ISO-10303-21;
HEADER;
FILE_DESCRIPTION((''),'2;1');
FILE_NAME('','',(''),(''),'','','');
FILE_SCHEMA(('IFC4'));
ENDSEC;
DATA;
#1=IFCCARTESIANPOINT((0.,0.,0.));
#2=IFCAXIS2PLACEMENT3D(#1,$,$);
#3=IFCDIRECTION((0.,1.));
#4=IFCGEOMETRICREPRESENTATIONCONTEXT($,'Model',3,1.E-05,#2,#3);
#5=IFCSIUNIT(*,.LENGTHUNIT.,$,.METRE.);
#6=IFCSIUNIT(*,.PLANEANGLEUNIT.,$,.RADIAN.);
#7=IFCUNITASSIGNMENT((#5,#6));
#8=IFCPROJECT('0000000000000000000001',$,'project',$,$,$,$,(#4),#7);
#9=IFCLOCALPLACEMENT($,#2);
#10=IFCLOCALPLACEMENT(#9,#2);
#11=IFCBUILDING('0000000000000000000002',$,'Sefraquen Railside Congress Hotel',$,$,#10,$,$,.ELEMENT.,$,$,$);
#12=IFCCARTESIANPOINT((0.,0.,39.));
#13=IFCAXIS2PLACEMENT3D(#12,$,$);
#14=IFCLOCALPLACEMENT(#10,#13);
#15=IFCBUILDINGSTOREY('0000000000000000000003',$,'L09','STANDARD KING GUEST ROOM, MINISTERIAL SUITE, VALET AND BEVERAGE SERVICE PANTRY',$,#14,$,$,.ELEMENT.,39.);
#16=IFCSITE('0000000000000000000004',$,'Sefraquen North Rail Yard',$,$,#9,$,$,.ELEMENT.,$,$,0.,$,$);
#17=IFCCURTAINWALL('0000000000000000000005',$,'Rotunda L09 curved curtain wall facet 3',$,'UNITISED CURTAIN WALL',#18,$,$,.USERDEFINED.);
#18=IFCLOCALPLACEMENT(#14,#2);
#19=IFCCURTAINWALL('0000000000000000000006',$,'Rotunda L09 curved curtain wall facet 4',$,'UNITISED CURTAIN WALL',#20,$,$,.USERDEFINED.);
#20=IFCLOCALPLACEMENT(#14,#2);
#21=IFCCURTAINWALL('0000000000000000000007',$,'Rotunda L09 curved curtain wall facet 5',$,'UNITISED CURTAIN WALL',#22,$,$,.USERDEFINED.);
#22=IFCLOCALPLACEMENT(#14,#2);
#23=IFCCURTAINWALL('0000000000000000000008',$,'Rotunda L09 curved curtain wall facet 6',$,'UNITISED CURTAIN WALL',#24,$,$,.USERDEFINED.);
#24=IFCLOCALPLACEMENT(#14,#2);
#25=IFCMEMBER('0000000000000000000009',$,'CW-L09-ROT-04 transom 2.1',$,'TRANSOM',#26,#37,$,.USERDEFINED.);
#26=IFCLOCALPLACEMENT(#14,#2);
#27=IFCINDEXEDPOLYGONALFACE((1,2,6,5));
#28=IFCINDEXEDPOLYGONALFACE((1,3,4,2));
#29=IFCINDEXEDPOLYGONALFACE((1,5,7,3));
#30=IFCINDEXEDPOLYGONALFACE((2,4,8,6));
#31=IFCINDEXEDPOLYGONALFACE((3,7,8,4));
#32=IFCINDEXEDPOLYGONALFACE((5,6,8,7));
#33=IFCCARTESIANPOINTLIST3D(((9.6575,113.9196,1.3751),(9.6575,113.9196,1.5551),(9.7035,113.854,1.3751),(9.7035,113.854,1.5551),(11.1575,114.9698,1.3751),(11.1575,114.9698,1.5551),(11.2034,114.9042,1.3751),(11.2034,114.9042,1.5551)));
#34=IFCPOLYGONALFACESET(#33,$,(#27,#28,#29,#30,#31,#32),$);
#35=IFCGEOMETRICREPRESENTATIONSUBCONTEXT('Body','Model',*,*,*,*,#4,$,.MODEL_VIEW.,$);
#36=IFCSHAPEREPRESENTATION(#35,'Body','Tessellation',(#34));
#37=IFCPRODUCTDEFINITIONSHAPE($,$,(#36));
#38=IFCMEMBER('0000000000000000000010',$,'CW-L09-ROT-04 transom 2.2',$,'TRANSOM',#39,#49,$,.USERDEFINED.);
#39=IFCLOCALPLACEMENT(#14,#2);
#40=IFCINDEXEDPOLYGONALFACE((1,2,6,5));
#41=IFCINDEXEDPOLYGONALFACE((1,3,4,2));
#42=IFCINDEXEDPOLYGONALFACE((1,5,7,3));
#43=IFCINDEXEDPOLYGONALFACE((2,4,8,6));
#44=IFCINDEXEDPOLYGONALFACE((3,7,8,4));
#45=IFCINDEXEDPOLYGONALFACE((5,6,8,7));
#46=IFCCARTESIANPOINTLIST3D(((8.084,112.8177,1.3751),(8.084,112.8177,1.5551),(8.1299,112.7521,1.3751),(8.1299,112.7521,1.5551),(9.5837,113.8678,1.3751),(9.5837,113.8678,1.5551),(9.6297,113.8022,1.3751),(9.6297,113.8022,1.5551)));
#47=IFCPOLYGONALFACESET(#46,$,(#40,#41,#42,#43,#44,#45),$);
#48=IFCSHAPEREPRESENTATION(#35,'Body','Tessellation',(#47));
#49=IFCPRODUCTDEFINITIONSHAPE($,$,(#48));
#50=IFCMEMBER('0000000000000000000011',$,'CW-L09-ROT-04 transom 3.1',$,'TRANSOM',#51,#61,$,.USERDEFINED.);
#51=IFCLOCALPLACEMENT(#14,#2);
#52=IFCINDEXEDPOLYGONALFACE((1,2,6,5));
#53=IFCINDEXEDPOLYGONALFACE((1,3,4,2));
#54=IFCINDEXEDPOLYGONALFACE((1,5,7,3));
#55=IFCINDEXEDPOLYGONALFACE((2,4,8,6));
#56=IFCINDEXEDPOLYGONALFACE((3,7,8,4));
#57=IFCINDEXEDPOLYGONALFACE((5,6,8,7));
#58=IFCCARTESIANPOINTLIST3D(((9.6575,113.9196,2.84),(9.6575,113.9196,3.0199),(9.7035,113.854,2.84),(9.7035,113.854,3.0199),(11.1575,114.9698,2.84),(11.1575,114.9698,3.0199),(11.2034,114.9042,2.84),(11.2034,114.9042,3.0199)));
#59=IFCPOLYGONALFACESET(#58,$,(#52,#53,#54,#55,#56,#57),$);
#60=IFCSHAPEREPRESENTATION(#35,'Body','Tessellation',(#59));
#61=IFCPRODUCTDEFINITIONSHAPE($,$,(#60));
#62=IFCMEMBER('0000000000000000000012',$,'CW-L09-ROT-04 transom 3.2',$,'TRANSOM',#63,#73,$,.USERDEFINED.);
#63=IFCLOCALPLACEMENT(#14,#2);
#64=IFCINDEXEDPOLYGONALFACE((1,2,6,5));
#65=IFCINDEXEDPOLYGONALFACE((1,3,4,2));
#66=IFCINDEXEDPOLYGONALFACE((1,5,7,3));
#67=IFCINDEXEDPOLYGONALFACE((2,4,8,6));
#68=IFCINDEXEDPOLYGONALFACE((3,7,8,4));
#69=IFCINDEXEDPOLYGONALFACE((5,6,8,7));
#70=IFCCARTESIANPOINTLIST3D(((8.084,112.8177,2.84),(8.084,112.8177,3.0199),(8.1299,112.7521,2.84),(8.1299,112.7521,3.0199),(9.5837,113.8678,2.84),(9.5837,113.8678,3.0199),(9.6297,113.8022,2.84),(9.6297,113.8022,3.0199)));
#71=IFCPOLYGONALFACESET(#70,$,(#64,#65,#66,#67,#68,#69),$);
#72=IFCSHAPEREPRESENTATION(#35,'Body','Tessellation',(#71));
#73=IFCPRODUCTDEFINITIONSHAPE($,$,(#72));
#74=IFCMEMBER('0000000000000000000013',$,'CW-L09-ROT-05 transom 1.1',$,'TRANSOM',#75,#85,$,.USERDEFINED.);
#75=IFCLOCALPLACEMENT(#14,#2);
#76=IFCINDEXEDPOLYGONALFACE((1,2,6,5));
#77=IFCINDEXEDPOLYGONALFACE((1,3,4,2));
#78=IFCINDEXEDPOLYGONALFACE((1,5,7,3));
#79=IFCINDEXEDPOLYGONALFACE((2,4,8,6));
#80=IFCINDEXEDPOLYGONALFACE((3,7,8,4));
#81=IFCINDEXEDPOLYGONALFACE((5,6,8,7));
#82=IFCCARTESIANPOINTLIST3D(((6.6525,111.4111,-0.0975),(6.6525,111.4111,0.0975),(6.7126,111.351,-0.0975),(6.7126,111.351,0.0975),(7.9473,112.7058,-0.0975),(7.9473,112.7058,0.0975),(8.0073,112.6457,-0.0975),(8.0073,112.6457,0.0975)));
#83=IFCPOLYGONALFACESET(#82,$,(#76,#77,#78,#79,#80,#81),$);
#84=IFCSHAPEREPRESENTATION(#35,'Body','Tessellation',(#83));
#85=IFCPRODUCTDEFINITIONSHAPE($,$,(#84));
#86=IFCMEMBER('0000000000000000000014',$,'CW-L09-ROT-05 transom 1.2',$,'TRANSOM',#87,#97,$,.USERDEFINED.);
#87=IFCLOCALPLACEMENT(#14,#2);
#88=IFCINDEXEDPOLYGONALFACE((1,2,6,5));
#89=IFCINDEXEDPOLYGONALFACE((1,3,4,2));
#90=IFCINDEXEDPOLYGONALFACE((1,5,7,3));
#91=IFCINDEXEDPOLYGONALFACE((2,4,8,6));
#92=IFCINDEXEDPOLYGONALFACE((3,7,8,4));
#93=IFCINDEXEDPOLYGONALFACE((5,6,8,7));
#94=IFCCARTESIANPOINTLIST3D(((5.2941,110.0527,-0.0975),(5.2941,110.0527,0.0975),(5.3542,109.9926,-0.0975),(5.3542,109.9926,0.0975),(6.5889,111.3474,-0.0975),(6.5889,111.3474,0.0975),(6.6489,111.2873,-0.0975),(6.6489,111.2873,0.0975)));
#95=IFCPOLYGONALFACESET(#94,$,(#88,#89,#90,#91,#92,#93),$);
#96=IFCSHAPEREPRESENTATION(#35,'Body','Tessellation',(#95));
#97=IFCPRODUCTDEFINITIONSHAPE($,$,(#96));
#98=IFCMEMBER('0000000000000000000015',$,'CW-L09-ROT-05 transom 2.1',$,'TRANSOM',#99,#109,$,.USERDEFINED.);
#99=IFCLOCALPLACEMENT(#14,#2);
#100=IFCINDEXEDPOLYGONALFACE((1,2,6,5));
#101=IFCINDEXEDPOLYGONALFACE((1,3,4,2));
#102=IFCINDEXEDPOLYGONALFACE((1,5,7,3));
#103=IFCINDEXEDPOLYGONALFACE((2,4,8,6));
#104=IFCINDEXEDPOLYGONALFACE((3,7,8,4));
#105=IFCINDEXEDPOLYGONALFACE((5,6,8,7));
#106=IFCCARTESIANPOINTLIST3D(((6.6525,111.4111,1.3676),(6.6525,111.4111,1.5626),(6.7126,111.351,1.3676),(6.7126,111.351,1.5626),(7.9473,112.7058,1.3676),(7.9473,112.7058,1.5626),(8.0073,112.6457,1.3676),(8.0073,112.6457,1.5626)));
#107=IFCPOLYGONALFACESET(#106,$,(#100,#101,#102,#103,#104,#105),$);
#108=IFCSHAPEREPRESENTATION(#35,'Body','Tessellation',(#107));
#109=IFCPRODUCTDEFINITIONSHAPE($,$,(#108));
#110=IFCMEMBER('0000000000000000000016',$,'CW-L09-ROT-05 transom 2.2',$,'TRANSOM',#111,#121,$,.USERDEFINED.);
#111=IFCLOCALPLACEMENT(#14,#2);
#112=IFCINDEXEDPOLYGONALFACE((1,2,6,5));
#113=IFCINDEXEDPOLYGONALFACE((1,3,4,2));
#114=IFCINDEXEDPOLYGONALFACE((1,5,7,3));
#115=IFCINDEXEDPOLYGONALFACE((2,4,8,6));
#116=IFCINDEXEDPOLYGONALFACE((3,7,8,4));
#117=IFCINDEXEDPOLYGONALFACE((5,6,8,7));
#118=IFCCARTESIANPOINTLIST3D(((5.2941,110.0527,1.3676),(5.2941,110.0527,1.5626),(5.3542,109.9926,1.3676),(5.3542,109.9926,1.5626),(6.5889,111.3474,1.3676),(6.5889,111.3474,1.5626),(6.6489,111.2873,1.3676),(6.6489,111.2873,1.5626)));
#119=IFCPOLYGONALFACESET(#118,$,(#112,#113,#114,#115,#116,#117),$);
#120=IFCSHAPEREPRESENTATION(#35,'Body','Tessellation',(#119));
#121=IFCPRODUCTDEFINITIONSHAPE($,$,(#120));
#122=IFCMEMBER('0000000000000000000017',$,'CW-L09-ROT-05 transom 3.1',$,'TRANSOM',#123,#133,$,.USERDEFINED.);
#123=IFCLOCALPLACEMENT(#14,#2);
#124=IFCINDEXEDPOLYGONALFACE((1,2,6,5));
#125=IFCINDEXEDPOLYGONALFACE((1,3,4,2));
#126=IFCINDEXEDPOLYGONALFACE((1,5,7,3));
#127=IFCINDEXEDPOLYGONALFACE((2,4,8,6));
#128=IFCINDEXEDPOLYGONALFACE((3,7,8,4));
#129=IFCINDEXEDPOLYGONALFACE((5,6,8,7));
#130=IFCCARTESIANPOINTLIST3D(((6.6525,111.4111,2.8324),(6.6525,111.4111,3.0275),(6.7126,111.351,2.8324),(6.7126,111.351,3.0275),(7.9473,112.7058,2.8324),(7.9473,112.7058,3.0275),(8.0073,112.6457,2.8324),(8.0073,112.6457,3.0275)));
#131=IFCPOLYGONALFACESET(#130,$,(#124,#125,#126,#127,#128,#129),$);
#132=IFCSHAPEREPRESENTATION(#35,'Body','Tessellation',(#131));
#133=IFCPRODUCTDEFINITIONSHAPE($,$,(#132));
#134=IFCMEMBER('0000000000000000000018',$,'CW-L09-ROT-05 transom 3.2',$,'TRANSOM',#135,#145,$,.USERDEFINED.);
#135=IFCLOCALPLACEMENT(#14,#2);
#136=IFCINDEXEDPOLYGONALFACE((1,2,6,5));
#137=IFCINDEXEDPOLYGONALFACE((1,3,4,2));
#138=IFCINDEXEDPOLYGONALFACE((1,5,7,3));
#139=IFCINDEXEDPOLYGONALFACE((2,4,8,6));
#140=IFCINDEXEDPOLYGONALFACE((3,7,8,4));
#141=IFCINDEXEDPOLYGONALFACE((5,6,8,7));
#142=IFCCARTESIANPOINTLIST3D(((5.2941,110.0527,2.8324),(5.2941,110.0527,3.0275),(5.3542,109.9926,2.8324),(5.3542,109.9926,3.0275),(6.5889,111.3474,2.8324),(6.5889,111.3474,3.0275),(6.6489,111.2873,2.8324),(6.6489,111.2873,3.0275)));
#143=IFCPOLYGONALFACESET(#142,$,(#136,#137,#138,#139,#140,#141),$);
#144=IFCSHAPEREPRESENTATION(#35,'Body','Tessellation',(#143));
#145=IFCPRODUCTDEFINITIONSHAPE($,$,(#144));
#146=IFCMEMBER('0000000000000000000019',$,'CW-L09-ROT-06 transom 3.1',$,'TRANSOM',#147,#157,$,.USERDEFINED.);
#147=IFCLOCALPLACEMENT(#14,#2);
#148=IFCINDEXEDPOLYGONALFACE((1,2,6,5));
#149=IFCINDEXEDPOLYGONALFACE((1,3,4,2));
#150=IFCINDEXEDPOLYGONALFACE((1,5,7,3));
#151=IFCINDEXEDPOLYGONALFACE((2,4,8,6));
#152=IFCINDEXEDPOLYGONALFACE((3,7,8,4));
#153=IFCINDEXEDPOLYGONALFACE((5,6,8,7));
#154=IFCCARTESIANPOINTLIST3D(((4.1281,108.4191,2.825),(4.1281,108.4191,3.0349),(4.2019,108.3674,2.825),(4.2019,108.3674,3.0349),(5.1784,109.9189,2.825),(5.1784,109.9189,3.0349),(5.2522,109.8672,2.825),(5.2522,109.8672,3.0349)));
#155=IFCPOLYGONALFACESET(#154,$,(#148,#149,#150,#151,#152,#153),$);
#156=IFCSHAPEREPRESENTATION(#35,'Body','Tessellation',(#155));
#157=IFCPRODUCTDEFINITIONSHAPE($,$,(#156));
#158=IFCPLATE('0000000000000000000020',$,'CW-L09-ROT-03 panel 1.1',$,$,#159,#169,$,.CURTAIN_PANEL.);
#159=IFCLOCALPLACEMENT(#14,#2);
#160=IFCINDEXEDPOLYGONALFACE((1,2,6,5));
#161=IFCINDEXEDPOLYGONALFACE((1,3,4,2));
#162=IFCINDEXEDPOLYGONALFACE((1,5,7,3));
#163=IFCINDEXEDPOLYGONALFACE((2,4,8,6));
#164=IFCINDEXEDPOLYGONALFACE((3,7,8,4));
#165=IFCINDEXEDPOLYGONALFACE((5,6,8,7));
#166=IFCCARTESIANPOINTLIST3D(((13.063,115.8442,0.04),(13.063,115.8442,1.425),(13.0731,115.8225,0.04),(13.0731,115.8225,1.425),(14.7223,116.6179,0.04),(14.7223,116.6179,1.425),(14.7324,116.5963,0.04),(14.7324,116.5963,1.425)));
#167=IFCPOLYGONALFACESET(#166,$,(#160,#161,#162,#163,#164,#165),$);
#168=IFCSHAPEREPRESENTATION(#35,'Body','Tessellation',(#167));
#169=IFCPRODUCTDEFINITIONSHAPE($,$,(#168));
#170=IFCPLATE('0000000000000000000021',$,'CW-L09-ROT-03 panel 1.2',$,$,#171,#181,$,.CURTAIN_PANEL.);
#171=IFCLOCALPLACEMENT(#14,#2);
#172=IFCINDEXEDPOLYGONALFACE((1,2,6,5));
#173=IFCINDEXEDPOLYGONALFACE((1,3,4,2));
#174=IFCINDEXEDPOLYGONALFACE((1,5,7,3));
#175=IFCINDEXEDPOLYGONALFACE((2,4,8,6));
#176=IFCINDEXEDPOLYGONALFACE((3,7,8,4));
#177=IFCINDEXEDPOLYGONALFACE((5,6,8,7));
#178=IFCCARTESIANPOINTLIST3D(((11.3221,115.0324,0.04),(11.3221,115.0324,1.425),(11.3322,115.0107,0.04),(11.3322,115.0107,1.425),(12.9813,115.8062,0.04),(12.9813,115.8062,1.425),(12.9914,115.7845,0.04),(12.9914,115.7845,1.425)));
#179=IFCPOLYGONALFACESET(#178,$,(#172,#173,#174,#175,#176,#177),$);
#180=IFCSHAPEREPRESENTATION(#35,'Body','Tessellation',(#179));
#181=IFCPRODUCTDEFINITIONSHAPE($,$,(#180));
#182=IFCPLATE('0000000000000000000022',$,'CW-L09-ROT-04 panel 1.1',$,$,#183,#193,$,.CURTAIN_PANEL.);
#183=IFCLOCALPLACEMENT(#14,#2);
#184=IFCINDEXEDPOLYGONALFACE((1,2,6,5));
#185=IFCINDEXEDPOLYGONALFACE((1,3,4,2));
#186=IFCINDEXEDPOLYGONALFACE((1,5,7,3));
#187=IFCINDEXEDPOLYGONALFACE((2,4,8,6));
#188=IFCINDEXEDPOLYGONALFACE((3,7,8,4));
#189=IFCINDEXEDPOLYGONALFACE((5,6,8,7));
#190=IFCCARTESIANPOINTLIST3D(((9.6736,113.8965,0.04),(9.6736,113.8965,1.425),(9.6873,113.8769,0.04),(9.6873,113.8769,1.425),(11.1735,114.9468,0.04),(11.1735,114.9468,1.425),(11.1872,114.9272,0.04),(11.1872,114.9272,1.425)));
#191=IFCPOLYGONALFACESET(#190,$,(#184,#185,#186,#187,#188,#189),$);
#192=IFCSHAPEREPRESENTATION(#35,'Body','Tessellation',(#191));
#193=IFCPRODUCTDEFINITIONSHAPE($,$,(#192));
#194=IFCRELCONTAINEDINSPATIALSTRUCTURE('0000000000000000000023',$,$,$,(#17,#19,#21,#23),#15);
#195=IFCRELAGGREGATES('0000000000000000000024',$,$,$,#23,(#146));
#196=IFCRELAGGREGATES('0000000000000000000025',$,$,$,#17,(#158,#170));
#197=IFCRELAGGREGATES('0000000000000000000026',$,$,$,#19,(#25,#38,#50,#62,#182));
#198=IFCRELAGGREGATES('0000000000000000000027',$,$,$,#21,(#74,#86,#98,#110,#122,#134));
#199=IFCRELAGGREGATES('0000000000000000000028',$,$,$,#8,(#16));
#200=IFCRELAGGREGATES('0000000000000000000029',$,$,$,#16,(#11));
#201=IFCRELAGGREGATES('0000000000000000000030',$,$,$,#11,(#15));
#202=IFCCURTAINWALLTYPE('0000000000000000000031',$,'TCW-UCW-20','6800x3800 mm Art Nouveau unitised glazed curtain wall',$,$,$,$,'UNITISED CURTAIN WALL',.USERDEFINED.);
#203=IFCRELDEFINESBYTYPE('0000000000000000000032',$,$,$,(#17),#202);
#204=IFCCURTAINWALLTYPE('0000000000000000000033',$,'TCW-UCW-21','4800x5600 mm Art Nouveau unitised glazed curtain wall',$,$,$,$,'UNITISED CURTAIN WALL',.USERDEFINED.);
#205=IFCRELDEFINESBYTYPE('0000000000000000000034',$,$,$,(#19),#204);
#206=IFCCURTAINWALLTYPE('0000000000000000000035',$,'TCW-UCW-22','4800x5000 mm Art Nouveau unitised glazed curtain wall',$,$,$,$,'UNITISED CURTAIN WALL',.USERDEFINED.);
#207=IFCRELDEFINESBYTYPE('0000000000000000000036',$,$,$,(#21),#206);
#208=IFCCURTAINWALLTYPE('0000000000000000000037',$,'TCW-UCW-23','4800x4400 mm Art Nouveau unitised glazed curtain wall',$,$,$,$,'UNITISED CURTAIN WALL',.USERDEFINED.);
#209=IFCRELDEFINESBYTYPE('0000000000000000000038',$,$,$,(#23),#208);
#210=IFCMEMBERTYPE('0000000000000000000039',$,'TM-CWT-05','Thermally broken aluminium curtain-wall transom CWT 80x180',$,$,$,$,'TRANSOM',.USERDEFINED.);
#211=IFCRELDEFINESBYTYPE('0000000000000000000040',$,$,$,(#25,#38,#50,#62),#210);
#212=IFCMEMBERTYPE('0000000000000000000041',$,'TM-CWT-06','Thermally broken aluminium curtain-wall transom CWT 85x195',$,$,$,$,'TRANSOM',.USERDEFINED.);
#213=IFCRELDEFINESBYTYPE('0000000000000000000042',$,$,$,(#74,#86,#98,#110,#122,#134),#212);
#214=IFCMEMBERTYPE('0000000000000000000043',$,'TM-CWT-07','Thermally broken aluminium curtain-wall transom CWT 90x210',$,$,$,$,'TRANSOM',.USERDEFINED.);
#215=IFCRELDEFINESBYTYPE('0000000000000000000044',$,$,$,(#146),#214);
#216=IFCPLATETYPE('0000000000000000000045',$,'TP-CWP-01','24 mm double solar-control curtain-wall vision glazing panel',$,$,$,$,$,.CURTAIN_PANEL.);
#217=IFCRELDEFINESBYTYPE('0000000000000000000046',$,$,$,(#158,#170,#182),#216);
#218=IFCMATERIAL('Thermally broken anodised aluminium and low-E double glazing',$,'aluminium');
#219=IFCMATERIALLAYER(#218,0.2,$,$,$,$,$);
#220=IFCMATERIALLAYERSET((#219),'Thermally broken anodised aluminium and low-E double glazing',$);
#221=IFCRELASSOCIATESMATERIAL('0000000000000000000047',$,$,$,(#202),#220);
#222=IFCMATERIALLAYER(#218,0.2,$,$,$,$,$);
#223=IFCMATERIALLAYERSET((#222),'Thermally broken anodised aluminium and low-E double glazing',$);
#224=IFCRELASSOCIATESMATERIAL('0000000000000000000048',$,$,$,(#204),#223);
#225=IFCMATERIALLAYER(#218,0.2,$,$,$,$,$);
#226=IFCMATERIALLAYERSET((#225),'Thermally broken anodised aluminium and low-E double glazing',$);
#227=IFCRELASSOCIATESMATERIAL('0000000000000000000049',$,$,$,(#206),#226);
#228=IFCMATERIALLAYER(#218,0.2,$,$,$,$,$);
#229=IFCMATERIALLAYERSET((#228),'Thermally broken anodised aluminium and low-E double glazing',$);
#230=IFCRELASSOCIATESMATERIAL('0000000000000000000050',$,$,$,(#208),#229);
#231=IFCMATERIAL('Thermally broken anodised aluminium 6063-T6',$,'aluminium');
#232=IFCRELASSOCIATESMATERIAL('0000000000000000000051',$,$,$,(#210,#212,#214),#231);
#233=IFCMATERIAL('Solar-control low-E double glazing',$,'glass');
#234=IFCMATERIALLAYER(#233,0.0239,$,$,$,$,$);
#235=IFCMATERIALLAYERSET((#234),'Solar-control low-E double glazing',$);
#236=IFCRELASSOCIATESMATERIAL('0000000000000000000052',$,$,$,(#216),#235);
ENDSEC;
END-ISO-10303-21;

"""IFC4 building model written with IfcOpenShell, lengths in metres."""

from ifc_helpers import new_model, si_unit, direction, frame, origin, origin_2d, place, context, subcontext, project, spatial, rectangle, extrude, material, layer, layer_set, material_profile, profile_set, type_object, element, aggregate, save


model = new_model("IFC4")

# Units and contexts
model_context = context("Model", 3, precision=1e-05, world=origin(), true_north=direction((0.0, 1.0)))
body_context = subcontext(model_context, "Body", "Model", "MODEL_VIEW")
ifc_project = project(units=[si_unit("LENGTHUNIT", "METRE"), si_unit("PLANEANGLEUNIT", "RADIAN")], contexts=[model_context])

# Site, building, storey
site_placement = place(None, origin())
site = spatial("IfcSite", under=ifc_project, at=site_placement, Name="Sefraquen North Rail Yard", CompositionType="ELEMENT", RefElevation=0.0)
building_placement = place(site_placement, origin())
building = spatial("IfcBuilding", under=site, at=building_placement, Name="Sefraquen Railside Congress Hotel", CompositionType="ELEMENT")
storey_placement = place(building_placement, frame((0.0, 0.0, 39.0)))
storey = spatial("IfcBuildingStorey", under=building, at=storey_placement, Name="L09", Description="STANDARD KING GUEST ROOM, MINISTERIAL SUITE, VALET AND BEVERAGE SERVICE PANTRY", CompositionType="ELEMENT", Elevation=39.0)

# Curtain walls
ifc_material_1 = material(Name="Thermally broken anodised aluminium and low-E double glazing", Category="aluminium")
ifc_layer_1 = layer(ifc_material_1, 0.2)
ifc_layer_set_1 = layer_set([ifc_layer_1], Name="Thermally broken anodised aluminium and low-E double glazing")
curtain_wall_type_1 = type_object("IfcCurtainWallType", Name="TCW-UCW-20", Description="6800x3800 mm Art Nouveau unitised glazed curtain wall", ElementType="UNITISED CURTAIN WALL", PredefinedType="USERDEFINED", material=ifc_layer_set_1)
curtain_wall_1_placement = place(storey_placement, origin())
curtain_wall_1 = element("IfcCurtainWall", 1, at=curtain_wall_1_placement, inside=storey, type_object=curtain_wall_type_1, Name="Rotunda L09 curved curtain wall facet 3", ObjectType="UNITISED CURTAIN WALL", PredefinedType="USERDEFINED")
ifc_material_2 = material(Name="Thermally broken anodised aluminium 6063-T6", Category="aluminium")
ifc_layer_2 = layer(ifc_material_1, 0.2)
ifc_layer_set_2 = layer_set([ifc_layer_2], Name="Thermally broken anodised aluminium and low-E double glazing")
curtain_wall_type_2 = type_object("IfcCurtainWallType", Name="TCW-UCW-21", Description="4800x5600 mm Art Nouveau unitised glazed curtain wall", ElementType="UNITISED CURTAIN WALL", PredefinedType="USERDEFINED", material=ifc_layer_set_2)
curtain_wall_2_placement = place(storey_placement, origin())
curtain_wall_2 = element("IfcCurtainWall", 2, at=curtain_wall_2_placement, inside=storey, type_object=curtain_wall_type_2, Name="Rotunda L09 curved curtain wall facet 4", ObjectType="UNITISED CURTAIN WALL", PredefinedType="USERDEFINED")
ifc_layer_3 = layer(ifc_material_1, 0.2)
ifc_layer_set_3 = layer_set([ifc_layer_3], Name="Thermally broken anodised aluminium and low-E double glazing")
curtain_wall_type_3 = type_object("IfcCurtainWallType", Name="TCW-UCW-22", Description="4800x5000 mm Art Nouveau unitised glazed curtain wall", ElementType="UNITISED CURTAIN WALL", PredefinedType="USERDEFINED", material=ifc_layer_set_3)
curtain_wall_3_placement = place(storey_placement, origin())
curtain_wall_3 = element("IfcCurtainWall", 3, at=curtain_wall_3_placement, inside=storey, type_object=curtain_wall_type_3, Name="Rotunda L09 curved curtain wall facet 5", ObjectType="UNITISED CURTAIN WALL", PredefinedType="USERDEFINED")

# Curtain wall
ifc_layer_4 = layer(ifc_material_1, 0.2)
ifc_layer_set_4 = layer_set([ifc_layer_4], Name="Thermally broken anodised aluminium and low-E double glazing")
curtain_wall_type_4 = type_object("IfcCurtainWallType", Name="TCW-UCW-23", Description="4800x4400 mm Art Nouveau unitised glazed curtain wall", ElementType="UNITISED CURTAIN WALL", PredefinedType="USERDEFINED", material=ifc_layer_set_4)
curtain_wall_4_placement = place(storey_placement, origin())
curtain_wall_4 = element("IfcCurtainWall", 4, at=curtain_wall_4_placement, inside=storey, type_object=curtain_wall_type_4, Name="Rotunda L09 curved curtain wall facet 6", ObjectType="UNITISED CURTAIN WALL", PredefinedType="USERDEFINED")

# Members
ifc_material_profile_1 = material_profile(ifc_material_2, rectangle(XDim=0.0801, YDim=0.1799, at=origin_2d()), Name="CWT 80x180")
ifc_profile_set_1 = profile_set([ifc_material_profile_1], Name="Thermally broken anodised aluminium 6063-T6")
member_type_1 = type_object("IfcMemberType", Name="TM-CWT-05", Description="Thermally broken aluminium curtain-wall transom CWT 80x180", ElementType="TRANSOM", PredefinedType="USERDEFINED", material=ifc_profile_set_1)
member_1_placement = place(storey_placement, frame((11.1804, 114.937, 1.4651), z_axis=(-0.819157, -0.57357, 0.0), x_axis=(0.57357, -0.819157, 0.0)))
member_1 = element("IfcMember", 5, at=member_1_placement, type_object=member_type_1, Name="CW-L09-ROT-04 transom 2.1", ObjectType="TRANSOM", PredefinedType="USERDEFINED", context=body_context, shape_type="SweptSolid", body=[
    extrude(rectangle(XDim=0.0801, YDim=0.1799, at=origin_2d()), origin(), (0.0, 0.0, 1.0), 1.8311),
])
member_2_placement = place(storey_placement, frame((9.6067, 113.835, 1.4651), z_axis=(-0.819176, -0.573543, 0.0), x_axis=(0.573543, -0.819176, 0.0)))
member_2 = element("IfcMember", 6, at=member_2_placement, type_object=member_type_1, Name="CW-L09-ROT-04 transom 2.2", ObjectType="TRANSOM", PredefinedType="USERDEFINED", context=body_context, shape_type="SweptSolid", body=[
    extrude(rectangle(XDim=0.0801, YDim=0.1799, at=origin_2d()), origin(), (0.0, 0.0, 1.0), 1.8308),
])
member_3_placement = place(storey_placement, frame((11.1804, 114.937, 2.9299), z_axis=(-0.819157, -0.57357, 0.0), x_axis=(0.57357, -0.819157, 0.0)))
member_3 = element("IfcMember", 7, at=member_3_placement, type_object=member_type_1, Name="CW-L09-ROT-04 transom 3.1", ObjectType="TRANSOM", PredefinedType="USERDEFINED", context=body_context, shape_type="SweptSolid", body=[
    extrude(rectangle(XDim=0.0801, YDim=0.1799, at=origin_2d()), origin(), (0.0, 0.0, 1.0), 1.8311),
])
member_4_placement = place(storey_placement, frame((9.6067, 113.835, 2.9299), z_axis=(-0.819176, -0.573543, 0.0), x_axis=(0.573543, -0.819176, 0.0)))
member_4 = element("IfcMember", 8, at=member_4_placement, type_object=member_type_1, Name="CW-L09-ROT-04 transom 3.2", ObjectType="TRANSOM", PredefinedType="USERDEFINED", context=body_context, shape_type="SweptSolid", body=[
    extrude(rectangle(XDim=0.0801, YDim=0.1799, at=origin_2d()), origin(), (0.0, 0.0, 1.0), 1.8308),
])
ifc_material_profile_2 = material_profile(ifc_material_2, rectangle(XDim=0.085, YDim=0.1951, at=origin_2d()), Name="CWT 85x195")
ifc_profile_set_2 = profile_set([ifc_material_profile_2], Name="Thermally broken anodised aluminium 6063-T6")
member_type_2 = type_object("IfcMemberType", Name="TM-CWT-06", Description="Thermally broken aluminium curtain-wall transom CWT 85x195", ElementType="TRANSOM", PredefinedType="USERDEFINED", material=ifc_profile_set_2)
member_5_placement = place(storey_placement, frame((7.9773, 112.6758, 0.0), z_axis=(-0.707107, -0.707107, 0.0), x_axis=(0.707107, -0.707107, 0.0)))
member_5 = element("IfcMember", 9, at=member_5_placement, type_object=member_type_2, Name="CW-L09-ROT-05 transom 1.1", ObjectType="TRANSOM", PredefinedType="USERDEFINED", context=body_context, shape_type="SweptSolid", body=[
    extrude(rectangle(XDim=0.085, YDim=0.1951, at=origin_2d()), origin(), (0.0, 0.0, 1.0), 1.8311),
])
member_6_placement = place(storey_placement, frame((6.6189, 111.3174, 0.0), z_axis=(-0.707107, -0.707107, 0.0), x_axis=(0.707107, -0.707107, 0.0)))
member_6 = element("IfcMember", 10, at=member_6_placement, type_object=member_type_2, Name="CW-L09-ROT-05 transom 1.2", ObjectType="TRANSOM", PredefinedType="USERDEFINED", context=body_context, shape_type="SweptSolid", body=[
    extrude(rectangle(XDim=0.085, YDim=0.1951, at=origin_2d()), origin(), (0.0, 0.0, 1.0), 1.8311),
])
member_7_placement = place(storey_placement, frame((7.9773, 112.6758, 1.4651), z_axis=(-0.707107, -0.707107, 0.0), x_axis=(0.707107, -0.707107, 0.0)))
member_7 = element("IfcMember", 11, at=member_7_placement, type_object=member_type_2, Name="CW-L09-ROT-05 transom 2.1", ObjectType="TRANSOM", PredefinedType="USERDEFINED", context=body_context, shape_type="SweptSolid", body=[
    extrude(rectangle(XDim=0.085, YDim=0.1951, at=origin_2d()), origin(), (0.0, 0.0, 1.0), 1.8311),
])
member_8_placement = place(storey_placement, frame((6.6189, 111.3174, 1.4651), z_axis=(-0.707107, -0.707107, 0.0), x_axis=(0.707107, -0.707107, 0.0)))
member_8 = element("IfcMember", 12, at=member_8_placement, type_object=member_type_2, Name="CW-L09-ROT-05 transom 2.2", ObjectType="TRANSOM", PredefinedType="USERDEFINED", context=body_context, shape_type="SweptSolid", body=[
    extrude(rectangle(XDim=0.085, YDim=0.1951, at=origin_2d()), origin(), (0.0, 0.0, 1.0), 1.8311),
])
member_9_placement = place(storey_placement, frame((7.9773, 112.6758, 2.9299), z_axis=(-0.707107, -0.707107, 0.0), x_axis=(0.707107, -0.707107, 0.0)))
member_9 = element("IfcMember", 13, at=member_9_placement, type_object=member_type_2, Name="CW-L09-ROT-05 transom 3.1", ObjectType="TRANSOM", PredefinedType="USERDEFINED", context=body_context, shape_type="SweptSolid", body=[
    extrude(rectangle(XDim=0.085, YDim=0.1951, at=origin_2d()), origin(), (0.0, 0.0, 1.0), 1.8311),
])
member_10_placement = place(storey_placement, frame((6.6189, 111.3174, 2.9299), z_axis=(-0.707107, -0.707107, 0.0), x_axis=(0.707107, -0.707107, 0.0)))
member_10 = element("IfcMember", 14, at=member_10_placement, type_object=member_type_2, Name="CW-L09-ROT-05 transom 3.2", ObjectType="TRANSOM", PredefinedType="USERDEFINED", context=body_context, shape_type="SweptSolid", body=[
    extrude(rectangle(XDim=0.085, YDim=0.1951, at=origin_2d()), origin(), (0.0, 0.0, 1.0), 1.8311),
])
ifc_material_profile_3 = material_profile(ifc_material_2, rectangle(XDim=0.0901, YDim=0.21, at=origin_2d()), Name="CWT 90x210")
ifc_profile_set_3 = profile_set([ifc_material_profile_3], Name="Thermally broken anodised aluminium 6063-T6")
member_type_3 = type_object("IfcMemberType", Name="TM-CWT-07", Description="Thermally broken aluminium curtain-wall transom CWT 90x210", ElementType="TRANSOM", PredefinedType="USERDEFINED", material=ifc_profile_set_3)
member_11_placement = place(storey_placement, frame((5.2153, 109.8931, 2.9299), z_axis=(-0.573632, -0.819113, 0.0), x_axis=(0.819113, -0.573632, 0.0)))
member_11 = element("IfcMember", 15, at=member_11_placement, type_object=member_type_3, Name="CW-L09-ROT-06 transom 3.1", ObjectType="TRANSOM", PredefinedType="USERDEFINED", context=body_context, shape_type="SweptSolid", body=[
    extrude(rectangle(XDim=0.0901, YDim=0.21, at=origin_2d()), origin(), (0.0, 0.0, 1.0), 1.8311),
])
aggregate(curtain_wall_4, [member_11])

# Plates
ifc_material_3 = material(Name="Solar-control low-E double glazing", Category="glass")
ifc_layer_5 = layer(ifc_material_3, 0.0239)
ifc_layer_set_5 = layer_set([ifc_layer_5], Name="Solar-control low-E double glazing")
plate_type_1 = type_object("IfcPlateType", Name="TP-CWP-01", Description="24 mm double solar-control curtain-wall vision glazing panel", PredefinedType="CURTAIN_PANEL", material=ifc_layer_set_5)
plate_1_placement = place(storey_placement, frame((13.8977, 116.2202, 0.04), z_axis=(0.0, 0.0, 1.0), x_axis=(-0.9063, -0.422634, 0.0)))
plate_1 = element("IfcPlate", 16, at=plate_1_placement, type_object=plate_type_1, Name="CW-L09-ROT-03 panel 1.1", PredefinedType="CURTAIN_PANEL", context=body_context, shape_type="SweptSolid", body=[
    extrude(rectangle(XDim=1.8308, YDim=0.0239, at=origin_2d()), origin(), (0.0, 0.0, 1.0), 1.385),
])
plate_2_placement = place(storey_placement, frame((12.1567, 115.4084, 0.04), z_axis=(0.0, 0.0, 1.0), x_axis=(-0.9063, -0.422634, 0.0)))
plate_2 = element("IfcPlate", 17, at=plate_2_placement, type_object=plate_type_1, Name="CW-L09-ROT-03 panel 1.2", PredefinedType="CURTAIN_PANEL", context=body_context, shape_type="SweptSolid", body=[
    extrude(rectangle(XDim=1.8308, YDim=0.0239, at=origin_2d()), origin(), (0.0, 0.0, 1.0), 1.385),
])
plate_3_placement = place(storey_placement, frame((10.4304, 114.4119, 0.04), z_axis=(0.0, 0.0, 1.0), x_axis=(-0.819132, -0.573605, 0.0)))
plate_3 = element("IfcPlate", 18, at=plate_3_placement, type_object=plate_type_1, Name="CW-L09-ROT-04 panel 1.1", PredefinedType="CURTAIN_PANEL", context=body_context, shape_type="SweptSolid", body=[
    extrude(rectangle(XDim=1.8311, YDim=0.0239, at=origin_2d()), origin(), (0.0, 0.0, 1.0), 1.385),
])
aggregate(curtain_wall_1, [plate_1, plate_2])
aggregate(curtain_wall_2, [member_1, member_2, member_3, member_4, plate_3])
aggregate(curtain_wall_3, [member_5, member_6, member_7, member_8, member_9, member_10])

save(model, "model.ifc")
